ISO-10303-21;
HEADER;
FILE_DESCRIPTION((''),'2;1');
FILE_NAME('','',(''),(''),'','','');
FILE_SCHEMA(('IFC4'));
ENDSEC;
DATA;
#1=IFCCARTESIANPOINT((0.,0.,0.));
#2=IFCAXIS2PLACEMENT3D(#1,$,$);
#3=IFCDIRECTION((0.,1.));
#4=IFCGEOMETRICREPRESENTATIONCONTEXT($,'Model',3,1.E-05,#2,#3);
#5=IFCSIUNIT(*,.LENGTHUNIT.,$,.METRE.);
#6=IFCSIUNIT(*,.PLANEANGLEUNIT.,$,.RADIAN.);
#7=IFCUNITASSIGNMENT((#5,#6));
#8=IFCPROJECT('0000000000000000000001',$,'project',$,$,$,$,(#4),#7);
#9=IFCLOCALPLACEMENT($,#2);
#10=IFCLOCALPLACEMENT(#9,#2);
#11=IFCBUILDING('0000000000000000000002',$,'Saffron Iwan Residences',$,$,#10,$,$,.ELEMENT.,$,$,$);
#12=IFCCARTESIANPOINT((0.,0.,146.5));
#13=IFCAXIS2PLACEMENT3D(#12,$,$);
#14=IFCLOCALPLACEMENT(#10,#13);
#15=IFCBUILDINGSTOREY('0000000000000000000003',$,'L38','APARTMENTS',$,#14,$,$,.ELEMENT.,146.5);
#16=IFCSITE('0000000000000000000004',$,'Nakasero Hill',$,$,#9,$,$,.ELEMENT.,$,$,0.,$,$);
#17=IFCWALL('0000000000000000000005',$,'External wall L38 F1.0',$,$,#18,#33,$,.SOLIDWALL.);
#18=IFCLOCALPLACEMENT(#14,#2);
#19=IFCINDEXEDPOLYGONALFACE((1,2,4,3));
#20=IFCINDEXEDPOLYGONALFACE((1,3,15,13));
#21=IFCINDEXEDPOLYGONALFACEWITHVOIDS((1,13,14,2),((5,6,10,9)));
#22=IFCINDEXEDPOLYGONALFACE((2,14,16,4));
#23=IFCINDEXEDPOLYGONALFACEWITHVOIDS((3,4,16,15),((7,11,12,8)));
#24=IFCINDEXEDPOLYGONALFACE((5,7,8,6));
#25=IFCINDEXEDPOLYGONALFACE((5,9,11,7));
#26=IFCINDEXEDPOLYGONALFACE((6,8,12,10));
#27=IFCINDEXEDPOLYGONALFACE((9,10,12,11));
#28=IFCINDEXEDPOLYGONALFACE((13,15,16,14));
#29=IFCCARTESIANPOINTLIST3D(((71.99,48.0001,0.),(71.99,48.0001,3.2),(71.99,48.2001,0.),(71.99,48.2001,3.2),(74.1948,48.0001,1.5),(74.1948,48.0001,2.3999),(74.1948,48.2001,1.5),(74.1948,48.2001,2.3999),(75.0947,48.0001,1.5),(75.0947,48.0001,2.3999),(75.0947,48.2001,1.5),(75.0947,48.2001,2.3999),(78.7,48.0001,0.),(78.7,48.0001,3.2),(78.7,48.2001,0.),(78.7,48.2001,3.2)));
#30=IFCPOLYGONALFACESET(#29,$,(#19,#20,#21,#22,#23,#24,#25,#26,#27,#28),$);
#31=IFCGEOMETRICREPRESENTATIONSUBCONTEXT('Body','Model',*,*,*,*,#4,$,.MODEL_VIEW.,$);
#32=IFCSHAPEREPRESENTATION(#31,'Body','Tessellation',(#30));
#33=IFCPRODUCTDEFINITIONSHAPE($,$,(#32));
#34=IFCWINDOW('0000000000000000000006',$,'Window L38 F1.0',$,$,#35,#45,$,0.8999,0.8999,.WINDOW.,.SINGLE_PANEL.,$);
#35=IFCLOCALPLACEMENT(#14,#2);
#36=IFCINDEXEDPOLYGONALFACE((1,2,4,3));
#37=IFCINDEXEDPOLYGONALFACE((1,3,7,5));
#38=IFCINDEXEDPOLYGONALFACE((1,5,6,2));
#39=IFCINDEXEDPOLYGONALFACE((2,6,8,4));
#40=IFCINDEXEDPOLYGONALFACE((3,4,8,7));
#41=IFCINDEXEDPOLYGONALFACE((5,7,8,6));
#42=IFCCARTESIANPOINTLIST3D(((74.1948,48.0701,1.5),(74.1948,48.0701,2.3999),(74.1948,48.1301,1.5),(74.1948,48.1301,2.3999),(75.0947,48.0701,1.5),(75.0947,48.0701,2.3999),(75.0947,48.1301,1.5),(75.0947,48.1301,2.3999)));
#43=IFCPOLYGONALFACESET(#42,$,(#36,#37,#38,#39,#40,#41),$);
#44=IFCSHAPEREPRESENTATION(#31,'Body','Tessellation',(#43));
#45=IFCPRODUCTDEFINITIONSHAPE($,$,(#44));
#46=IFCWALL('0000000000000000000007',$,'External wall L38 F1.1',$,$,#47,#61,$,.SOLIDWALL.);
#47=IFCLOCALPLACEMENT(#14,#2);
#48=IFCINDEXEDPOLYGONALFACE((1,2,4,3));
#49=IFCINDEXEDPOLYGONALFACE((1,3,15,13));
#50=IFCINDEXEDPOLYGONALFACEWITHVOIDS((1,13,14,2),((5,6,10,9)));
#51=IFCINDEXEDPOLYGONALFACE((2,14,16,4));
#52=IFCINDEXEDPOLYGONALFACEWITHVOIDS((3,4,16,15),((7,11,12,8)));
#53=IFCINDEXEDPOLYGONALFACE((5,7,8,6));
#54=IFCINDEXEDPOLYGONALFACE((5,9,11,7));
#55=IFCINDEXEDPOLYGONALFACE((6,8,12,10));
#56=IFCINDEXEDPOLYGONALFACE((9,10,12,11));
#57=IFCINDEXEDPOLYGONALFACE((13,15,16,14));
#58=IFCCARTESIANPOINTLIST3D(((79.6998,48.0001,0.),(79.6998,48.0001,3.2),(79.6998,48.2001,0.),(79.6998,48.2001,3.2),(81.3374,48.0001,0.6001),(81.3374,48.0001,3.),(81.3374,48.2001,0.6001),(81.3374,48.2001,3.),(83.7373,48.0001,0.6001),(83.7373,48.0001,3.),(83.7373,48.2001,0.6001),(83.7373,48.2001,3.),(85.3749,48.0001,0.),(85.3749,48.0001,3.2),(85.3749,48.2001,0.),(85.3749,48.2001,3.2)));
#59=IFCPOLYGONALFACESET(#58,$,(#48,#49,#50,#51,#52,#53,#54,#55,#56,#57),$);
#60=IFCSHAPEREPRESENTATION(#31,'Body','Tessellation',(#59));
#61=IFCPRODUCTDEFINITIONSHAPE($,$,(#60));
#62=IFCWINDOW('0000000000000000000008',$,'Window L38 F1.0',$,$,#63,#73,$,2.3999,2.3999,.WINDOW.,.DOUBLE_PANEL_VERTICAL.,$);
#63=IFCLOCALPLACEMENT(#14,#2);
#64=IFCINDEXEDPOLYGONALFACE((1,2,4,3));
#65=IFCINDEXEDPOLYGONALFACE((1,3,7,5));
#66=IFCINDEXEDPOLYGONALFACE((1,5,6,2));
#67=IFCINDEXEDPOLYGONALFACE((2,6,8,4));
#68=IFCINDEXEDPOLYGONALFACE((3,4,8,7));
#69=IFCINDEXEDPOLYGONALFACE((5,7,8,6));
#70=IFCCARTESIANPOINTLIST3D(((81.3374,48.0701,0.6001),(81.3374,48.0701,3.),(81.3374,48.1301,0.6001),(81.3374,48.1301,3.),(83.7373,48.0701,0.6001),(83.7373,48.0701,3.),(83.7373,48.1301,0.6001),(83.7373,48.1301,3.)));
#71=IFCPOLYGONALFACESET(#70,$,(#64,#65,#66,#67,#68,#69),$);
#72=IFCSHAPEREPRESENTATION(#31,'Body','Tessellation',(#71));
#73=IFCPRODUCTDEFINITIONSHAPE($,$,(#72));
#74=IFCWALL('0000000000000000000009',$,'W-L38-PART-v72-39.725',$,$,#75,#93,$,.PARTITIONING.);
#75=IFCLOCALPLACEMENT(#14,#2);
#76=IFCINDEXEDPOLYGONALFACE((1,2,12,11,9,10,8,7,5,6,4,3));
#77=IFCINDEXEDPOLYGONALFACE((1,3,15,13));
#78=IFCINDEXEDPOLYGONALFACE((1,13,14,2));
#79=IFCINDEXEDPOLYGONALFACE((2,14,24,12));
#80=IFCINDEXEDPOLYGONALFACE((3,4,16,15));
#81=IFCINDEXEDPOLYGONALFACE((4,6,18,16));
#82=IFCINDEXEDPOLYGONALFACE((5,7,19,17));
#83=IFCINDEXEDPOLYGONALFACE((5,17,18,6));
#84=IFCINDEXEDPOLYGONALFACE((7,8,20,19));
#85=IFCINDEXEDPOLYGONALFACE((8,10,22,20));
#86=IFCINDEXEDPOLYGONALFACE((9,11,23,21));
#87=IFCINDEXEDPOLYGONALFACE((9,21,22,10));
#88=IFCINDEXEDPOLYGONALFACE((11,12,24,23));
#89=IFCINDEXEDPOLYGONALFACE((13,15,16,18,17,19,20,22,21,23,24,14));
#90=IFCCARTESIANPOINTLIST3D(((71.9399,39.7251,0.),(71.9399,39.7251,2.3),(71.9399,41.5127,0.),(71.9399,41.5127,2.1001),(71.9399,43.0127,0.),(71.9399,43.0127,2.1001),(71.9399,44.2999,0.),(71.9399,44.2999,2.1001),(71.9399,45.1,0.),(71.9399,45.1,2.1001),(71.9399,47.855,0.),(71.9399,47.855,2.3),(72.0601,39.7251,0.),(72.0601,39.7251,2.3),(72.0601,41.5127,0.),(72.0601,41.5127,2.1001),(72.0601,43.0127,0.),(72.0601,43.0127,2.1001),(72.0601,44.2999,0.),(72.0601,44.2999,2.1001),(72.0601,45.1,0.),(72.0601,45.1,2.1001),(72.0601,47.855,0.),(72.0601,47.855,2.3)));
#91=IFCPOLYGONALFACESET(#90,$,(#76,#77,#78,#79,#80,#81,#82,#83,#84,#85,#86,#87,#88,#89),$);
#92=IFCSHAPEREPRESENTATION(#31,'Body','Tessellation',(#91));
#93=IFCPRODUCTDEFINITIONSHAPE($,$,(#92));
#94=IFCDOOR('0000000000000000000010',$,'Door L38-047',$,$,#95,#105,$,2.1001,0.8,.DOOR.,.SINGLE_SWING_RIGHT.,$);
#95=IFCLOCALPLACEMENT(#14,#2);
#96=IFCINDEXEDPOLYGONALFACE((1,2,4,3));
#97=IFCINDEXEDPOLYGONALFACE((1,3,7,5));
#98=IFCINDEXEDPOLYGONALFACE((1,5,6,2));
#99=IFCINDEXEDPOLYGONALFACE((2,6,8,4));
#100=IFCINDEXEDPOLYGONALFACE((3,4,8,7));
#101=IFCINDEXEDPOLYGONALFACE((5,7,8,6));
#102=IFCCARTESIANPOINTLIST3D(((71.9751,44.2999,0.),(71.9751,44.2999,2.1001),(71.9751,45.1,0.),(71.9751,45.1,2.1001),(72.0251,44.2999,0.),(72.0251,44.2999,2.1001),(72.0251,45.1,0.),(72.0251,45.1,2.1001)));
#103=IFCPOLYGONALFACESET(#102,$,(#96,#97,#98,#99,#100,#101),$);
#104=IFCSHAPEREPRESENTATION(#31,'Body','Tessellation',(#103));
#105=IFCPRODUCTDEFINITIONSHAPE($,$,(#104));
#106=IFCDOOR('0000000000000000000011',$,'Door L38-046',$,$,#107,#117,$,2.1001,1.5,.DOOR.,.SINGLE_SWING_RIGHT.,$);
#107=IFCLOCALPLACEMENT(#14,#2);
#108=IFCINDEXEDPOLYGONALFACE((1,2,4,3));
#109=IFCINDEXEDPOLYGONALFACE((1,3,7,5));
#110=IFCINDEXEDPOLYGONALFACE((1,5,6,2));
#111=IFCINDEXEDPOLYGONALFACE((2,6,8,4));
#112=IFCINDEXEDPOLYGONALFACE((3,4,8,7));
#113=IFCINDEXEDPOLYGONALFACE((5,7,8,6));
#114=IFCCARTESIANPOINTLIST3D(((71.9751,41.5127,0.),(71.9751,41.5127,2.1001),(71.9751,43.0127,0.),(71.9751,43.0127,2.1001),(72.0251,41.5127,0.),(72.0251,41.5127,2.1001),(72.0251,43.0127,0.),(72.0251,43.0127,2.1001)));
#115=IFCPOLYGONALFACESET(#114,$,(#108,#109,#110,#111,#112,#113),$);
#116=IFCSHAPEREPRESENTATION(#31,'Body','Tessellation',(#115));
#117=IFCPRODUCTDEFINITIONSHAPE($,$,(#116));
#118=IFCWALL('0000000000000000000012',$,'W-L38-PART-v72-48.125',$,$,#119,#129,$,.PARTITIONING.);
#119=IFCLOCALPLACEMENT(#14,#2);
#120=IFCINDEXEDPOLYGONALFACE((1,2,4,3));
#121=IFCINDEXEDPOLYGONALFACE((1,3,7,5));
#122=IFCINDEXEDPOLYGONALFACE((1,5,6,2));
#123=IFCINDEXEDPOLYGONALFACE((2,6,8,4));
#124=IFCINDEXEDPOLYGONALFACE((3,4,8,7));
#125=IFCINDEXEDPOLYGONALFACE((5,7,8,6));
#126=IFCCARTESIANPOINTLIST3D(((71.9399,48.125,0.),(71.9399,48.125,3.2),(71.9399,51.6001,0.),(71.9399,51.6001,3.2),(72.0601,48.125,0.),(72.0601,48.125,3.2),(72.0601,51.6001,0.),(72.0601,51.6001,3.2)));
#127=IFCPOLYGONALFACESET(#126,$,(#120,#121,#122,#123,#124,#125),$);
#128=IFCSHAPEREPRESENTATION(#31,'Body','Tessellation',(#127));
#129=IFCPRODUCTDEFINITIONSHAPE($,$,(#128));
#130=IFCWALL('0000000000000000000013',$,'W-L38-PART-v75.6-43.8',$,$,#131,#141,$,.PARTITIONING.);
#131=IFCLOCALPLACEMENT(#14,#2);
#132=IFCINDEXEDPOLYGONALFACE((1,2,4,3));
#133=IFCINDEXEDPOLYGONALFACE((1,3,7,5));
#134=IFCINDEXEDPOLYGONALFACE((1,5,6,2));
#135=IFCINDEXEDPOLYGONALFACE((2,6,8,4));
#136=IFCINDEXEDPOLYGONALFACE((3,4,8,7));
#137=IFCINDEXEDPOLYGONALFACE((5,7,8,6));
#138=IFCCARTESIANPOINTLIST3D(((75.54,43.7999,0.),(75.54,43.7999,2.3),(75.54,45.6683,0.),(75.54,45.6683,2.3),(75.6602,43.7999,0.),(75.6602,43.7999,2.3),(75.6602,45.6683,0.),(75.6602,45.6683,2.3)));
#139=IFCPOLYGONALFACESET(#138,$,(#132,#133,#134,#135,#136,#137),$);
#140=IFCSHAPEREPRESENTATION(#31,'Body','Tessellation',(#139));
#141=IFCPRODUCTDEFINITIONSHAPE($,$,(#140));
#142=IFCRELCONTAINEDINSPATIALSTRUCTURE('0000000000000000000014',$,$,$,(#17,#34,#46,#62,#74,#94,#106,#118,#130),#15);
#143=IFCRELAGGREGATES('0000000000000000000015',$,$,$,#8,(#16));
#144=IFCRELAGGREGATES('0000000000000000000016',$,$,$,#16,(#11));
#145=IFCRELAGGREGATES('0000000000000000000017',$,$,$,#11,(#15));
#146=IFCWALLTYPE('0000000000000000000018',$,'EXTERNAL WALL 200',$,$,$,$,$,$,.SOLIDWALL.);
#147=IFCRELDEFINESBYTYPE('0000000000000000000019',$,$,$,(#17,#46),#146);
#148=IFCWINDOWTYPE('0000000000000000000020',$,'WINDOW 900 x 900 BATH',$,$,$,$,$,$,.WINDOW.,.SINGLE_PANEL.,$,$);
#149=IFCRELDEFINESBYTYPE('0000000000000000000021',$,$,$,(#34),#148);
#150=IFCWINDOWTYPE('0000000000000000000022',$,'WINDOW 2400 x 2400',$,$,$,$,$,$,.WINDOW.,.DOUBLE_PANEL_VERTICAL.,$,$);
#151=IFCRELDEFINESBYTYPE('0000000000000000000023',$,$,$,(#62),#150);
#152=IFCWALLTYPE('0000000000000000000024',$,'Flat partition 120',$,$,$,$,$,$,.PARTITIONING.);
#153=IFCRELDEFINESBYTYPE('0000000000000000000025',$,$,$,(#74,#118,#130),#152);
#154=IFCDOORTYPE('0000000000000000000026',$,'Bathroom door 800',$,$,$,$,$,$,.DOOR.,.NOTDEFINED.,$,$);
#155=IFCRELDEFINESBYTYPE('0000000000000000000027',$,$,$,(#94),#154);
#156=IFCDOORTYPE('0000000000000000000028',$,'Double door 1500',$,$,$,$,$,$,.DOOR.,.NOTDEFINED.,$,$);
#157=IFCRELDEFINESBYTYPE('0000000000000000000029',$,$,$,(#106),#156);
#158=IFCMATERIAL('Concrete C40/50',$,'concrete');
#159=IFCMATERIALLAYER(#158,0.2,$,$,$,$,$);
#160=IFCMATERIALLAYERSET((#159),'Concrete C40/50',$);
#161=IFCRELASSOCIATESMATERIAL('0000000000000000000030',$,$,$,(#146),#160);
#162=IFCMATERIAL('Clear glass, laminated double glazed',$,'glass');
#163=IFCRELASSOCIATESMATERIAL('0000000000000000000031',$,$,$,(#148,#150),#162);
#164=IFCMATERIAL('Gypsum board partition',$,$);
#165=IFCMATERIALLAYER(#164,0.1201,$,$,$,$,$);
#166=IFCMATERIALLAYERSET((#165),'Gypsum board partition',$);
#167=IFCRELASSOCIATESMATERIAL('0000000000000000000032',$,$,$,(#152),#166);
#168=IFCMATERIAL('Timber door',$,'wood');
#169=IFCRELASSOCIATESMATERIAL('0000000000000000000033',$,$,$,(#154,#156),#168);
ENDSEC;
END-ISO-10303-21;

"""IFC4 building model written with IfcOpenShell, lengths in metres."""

from ifc_helpers import new_model, si_unit, direction, frame, frame_2d, origin, place, context, subcontext, project, spatial, rectangle, extrude, material, layer, layer_set, type_object, element, fill, save


model = new_model("IFC4")

# Units and contexts
model_context = context("Model", 3, precision=1e-05, world=origin(), true_north=direction((0.0, 1.0)))
body_context = subcontext(model_context, "Body", "Model", "MODEL_VIEW")
ifc_project = project(units=[si_unit("LENGTHUNIT", "METRE"), si_unit("PLANEANGLEUNIT", "RADIAN")], contexts=[model_context])

# Site, building, storey
site_placement = place(None, origin())
site = spatial("IfcSite", under=ifc_project, at=site_placement, Name="Nakasero Hill", CompositionType="ELEMENT", RefElevation=0.0)
building_placement = place(site_placement, origin())
building = spatial("IfcBuilding", under=site, at=building_placement, Name="Saffron Iwan Residences", CompositionType="ELEMENT")
storey_placement = place(building_placement, frame((0.0, 0.0, 146.5)))
storey = spatial("IfcBuildingStorey", under=building, at=storey_placement, Name="L38", Description="APARTMENTS", CompositionType="ELEMENT", Elevation=146.5)

# Walls, openings, windows
ifc_material_1 = material(Name="Concrete C40/50", Category="concrete")
ifc_layer_1 = layer(ifc_material_1, 0.2)
ifc_layer_set_1 = layer_set([ifc_layer_1], Name="Concrete C40/50")
wall_type_1 = type_object("IfcWallType", Name="EXTERNAL WALL 200", PredefinedType="SOLIDWALL", material=ifc_layer_set_1)
ifc_material_2 = material(Name="Clear glass, laminated double glazed", Category="glass")
window_type_1 = type_object("IfcWindowType", Name="WINDOW 900 x 900 BATH", PartitioningType="SINGLE_PANEL", PredefinedType="WINDOW", material=ifc_material_2)
wall_1_placement = place(storey_placement, frame((71.99, 48.1001, 0.0), z_axis=(0.0, 0.0, 1.0), x_axis=(1.0, 0.0, 0.0)))
wall_1 = element("IfcWall", 1, at=wall_1_placement, inside=storey, type_object=wall_type_1, Name="External wall L38 F1.0", PredefinedType="SOLIDWALL", context=body_context, shape_type="SweptSolid", body=[
    extrude(rectangle(XDim=6.71, YDim=0.2, at=frame_2d((3.355, 0.0))), origin(), (0.0, 0.0, 1.0), 3.2),
])
opening_1_placement = place(wall_1_placement, frame((2.2048, 0.0, 1.5)))
opening_1 = element("IfcOpeningElement", 2, at=opening_1_placement, cuts=wall_1, PredefinedType="OPENING", context=body_context, shape_type="SweptSolid", body=[
    extrude(rectangle(XDim=0.8999, YDim=0.8999, at=frame_2d((0.45, 0.45))), frame((0.0, 0.1099, 0.0), z_axis=(0.0, -1.0, 0.0), x_axis=(1.0, 0.0, 0.0)), (0.0, 0.0, 1.0), 0.22),
])
window_1_placement = place(opening_1_placement, origin())
window_1 = element("IfcWindow", 3, at=window_1_placement, inside=storey, type_object=window_type_1, Name="Window L38 F1.0", OverallHeight=0.8999, OverallWidth=0.8999, PartitioningType="SINGLE_PANEL", PredefinedType="WINDOW", context=body_context, shape_type="SweptSolid", body=[
    extrude(rectangle(XDim=0.8999, YDim=0.8999, at=frame_2d((0.45, 0.45))), frame((0.0, 0.03, 0.0), z_axis=(0.0, -1.0, 0.0), x_axis=(1.0, 0.0, 0.0)), (0.0, 0.0, 1.0), 0.0601),
])
fill(opening_1, window_1)
wall_2_placement = place(storey_placement, frame((79.7, 48.1001, 0.0), z_axis=(0.0, 0.0, 1.0), x_axis=(1.0, 0.0, 0.0)))
wall_2 = element("IfcWall", 4, at=wall_2_placement, inside=storey, type_object=wall_type_1, Name="External wall L38 F1.1", PredefinedType="SOLIDWALL", context=body_context, shape_type="SweptSolid", body=[
    extrude(rectangle(XDim=5.675, YDim=0.2, at=frame_2d((2.8374, 0.0))), origin(), (0.0, 0.0, 1.0), 3.2),
])
opening_2_placement = place(wall_2_placement, frame((1.6375, 0.0, 0.6001)))
opening_2 = element("IfcOpeningElement", 5, at=opening_2_placement, cuts=wall_2, PredefinedType="OPENING", context=body_context, shape_type="SweptSolid", body=[
    extrude(rectangle(XDim=2.3999, YDim=2.3999, at=frame_2d((1.2, 1.2))), frame((0.0, 0.1099, 0.0), z_axis=(0.0, -1.0, 0.0), x_axis=(1.0, 0.0, 0.0)), (0.0, 0.0, 1.0), 0.22),
])
window_type_2 = type_object("IfcWindowType", Name="WINDOW 2400 x 2400", PartitioningType="DOUBLE_PANEL_VERTICAL", PredefinedType="WINDOW", material=ifc_material_2)
window_2_placement = place(opening_2_placement, origin())
window_2 = element("IfcWindow", 6, at=window_2_placement, inside=storey, type_object=window_type_2, Name="Window L38 F1.0", OverallHeight=2.3999, OverallWidth=2.3999, PartitioningType="DOUBLE_PANEL_VERTICAL", PredefinedType="WINDOW", context=body_context, shape_type="SweptSolid", body=[
    extrude(rectangle(XDim=2.3999, YDim=2.3999, at=frame_2d((1.2, 1.2))), frame((0.0, 0.03, 0.0), z_axis=(0.0, -1.0, 0.0), x_axis=(1.0, 0.0, 0.0)), (0.0, 0.0, 1.0), 0.0601),
])
fill(opening_2, window_2)

# Wall, openings, doors
ifc_material_3 = material(Name="Gypsum board partition")
ifc_layer_2 = layer(ifc_material_3, 0.1201)
ifc_layer_set_2 = layer_set([ifc_layer_2], Name="Gypsum board partition")
wall_type_2 = type_object("IfcWallType", Name="Flat partition 120", PredefinedType="PARTITIONING", material=ifc_layer_set_2)
wall_3_placement = place(storey_placement, frame((72.0, 39.7251, 0.0), z_axis=(0.0, 0.0, 1.0), x_axis=(0.0, 1.0, 0.0)))
wall_3 = element("IfcWall", 7, at=wall_3_placement, inside=storey, type_object=wall_type_2, Name="W-L38-PART-v72-39.725", PredefinedType="PARTITIONING", context=body_context, shape_type="SweptSolid", body=[
    extrude(rectangle(XDim=8.1299, YDim=0.1201, at=frame_2d((4.0649, 0.0))), origin(), (0.0, 0.0, 1.0), 2.3),
])
opening_3_placement = place(wall_3_placement, frame((1.7876, 0.0, 0.0)))
opening_3 = element("IfcOpeningElement", 8, at=opening_3_placement, cuts=wall_3, PredefinedType="OPENING", context=body_context, shape_type="SweptSolid", body=[
    extrude(rectangle(XDim=1.5, YDim=2.1001, at=frame_2d((0.75, 1.05))), frame((0.0, 0.0701, 0.0), z_axis=(0.0, -1.0, 0.0), x_axis=(1.0, 0.0, 0.0)), (0.0, 0.0, 1.0), 0.1401),
])
opening_4_placement = place(wall_3_placement, frame((4.575, 0.0, 0.0)))
opening_4 = element("IfcOpeningElement", 9, at=opening_4_placement, cuts=wall_3, PredefinedType="OPENING", context=body_context, shape_type="SweptSolid", body=[
    extrude(rectangle(XDim=0.8, YDim=2.1001, at=frame_2d((0.3999, 1.05))), frame((0.0, 0.0701, 0.0), z_axis=(0.0, -1.0, 0.0), x_axis=(1.0, 0.0, 0.0)), (0.0, 0.0, 1.0), 0.1401),
])
ifc_material_4 = material(Name="Timber door", Category="wood")
door_type_1 = type_object("IfcDoorType", Name="Bathroom door 800", OperationType="NOTDEFINED", PredefinedType="DOOR", material=ifc_material_4)
door_1_placement = place(opening_4_placement, origin())
door_1 = element("IfcDoor", 10, at=door_1_placement, inside=storey, type_object=door_type_1, Name="Door L38-047", OperationType="SINGLE_SWING_RIGHT", OverallHeight=2.1001, OverallWidth=0.8, PredefinedType="DOOR", context=body_context, shape_type="SweptSolid", body=[
    extrude(rectangle(XDim=0.8, YDim=2.1001, at=frame_2d((0.3999, 1.05))), frame((0.0, 0.0249, 0.0), z_axis=(0.0, -1.0, 0.0), x_axis=(1.0, 0.0, 0.0)), (0.0, 0.0, 1.0), 0.05),
])
fill(opening_4, door_1)
door_type_2 = type_object("IfcDoorType", Name="Double door 1500", OperationType="NOTDEFINED", PredefinedType="DOOR", material=ifc_material_4)
door_2_placement = place(opening_3_placement, origin())
door_2 = element("IfcDoor", 11, at=door_2_placement, inside=storey, type_object=door_type_2, Name="Door L38-046", OperationType="SINGLE_SWING_RIGHT", OverallHeight=2.1001, OverallWidth=1.5, PredefinedType="DOOR", context=body_context, shape_type="SweptSolid", body=[
    extrude(rectangle(XDim=1.5, YDim=2.1001, at=frame_2d((0.75, 1.05))), frame((0.0, 0.0249, 0.0), z_axis=(0.0, -1.0, 0.0), x_axis=(1.0, 0.0, 0.0)), (0.0, 0.0, 1.0), 0.05),
])
fill(opening_3, door_2)

# Walls
wall_4_placement = place(storey_placement, frame((72.0, 48.125, 0.0), z_axis=(0.0, 0.0, 1.0), x_axis=(0.0, 1.0, 0.0)))
element("IfcWall", 12, at=wall_4_placement, inside=storey, type_object=wall_type_2, Name="W-L38-PART-v72-48.125", PredefinedType="PARTITIONING", context=body_context, shape_type="SweptSolid", body=[
    extrude(rectangle(XDim=3.4751, YDim=0.1201, at=frame_2d((1.7375, 0.0))), origin(), (0.0, 0.0, 1.0), 3.2),
])
wall_5_placement = place(storey_placement, frame((75.6001, 43.8, 0.0), z_axis=(0.0, 0.0, 1.0), x_axis=(0.0, 1.0, 0.0)))
element("IfcWall", 13, at=wall_5_placement, inside=storey, type_object=wall_type_2, Name="W-L38-PART-v75.6-43.8", PredefinedType="PARTITIONING", context=body_context, shape_type="SweptSolid", body=[
    extrude(rectangle(XDim=1.8684, YDim=0.1201, at=frame_2d((0.9341, 0.0))), origin(), (0.0, 0.0, 1.0), 2.3),
])

save(model, "model.ifc")
